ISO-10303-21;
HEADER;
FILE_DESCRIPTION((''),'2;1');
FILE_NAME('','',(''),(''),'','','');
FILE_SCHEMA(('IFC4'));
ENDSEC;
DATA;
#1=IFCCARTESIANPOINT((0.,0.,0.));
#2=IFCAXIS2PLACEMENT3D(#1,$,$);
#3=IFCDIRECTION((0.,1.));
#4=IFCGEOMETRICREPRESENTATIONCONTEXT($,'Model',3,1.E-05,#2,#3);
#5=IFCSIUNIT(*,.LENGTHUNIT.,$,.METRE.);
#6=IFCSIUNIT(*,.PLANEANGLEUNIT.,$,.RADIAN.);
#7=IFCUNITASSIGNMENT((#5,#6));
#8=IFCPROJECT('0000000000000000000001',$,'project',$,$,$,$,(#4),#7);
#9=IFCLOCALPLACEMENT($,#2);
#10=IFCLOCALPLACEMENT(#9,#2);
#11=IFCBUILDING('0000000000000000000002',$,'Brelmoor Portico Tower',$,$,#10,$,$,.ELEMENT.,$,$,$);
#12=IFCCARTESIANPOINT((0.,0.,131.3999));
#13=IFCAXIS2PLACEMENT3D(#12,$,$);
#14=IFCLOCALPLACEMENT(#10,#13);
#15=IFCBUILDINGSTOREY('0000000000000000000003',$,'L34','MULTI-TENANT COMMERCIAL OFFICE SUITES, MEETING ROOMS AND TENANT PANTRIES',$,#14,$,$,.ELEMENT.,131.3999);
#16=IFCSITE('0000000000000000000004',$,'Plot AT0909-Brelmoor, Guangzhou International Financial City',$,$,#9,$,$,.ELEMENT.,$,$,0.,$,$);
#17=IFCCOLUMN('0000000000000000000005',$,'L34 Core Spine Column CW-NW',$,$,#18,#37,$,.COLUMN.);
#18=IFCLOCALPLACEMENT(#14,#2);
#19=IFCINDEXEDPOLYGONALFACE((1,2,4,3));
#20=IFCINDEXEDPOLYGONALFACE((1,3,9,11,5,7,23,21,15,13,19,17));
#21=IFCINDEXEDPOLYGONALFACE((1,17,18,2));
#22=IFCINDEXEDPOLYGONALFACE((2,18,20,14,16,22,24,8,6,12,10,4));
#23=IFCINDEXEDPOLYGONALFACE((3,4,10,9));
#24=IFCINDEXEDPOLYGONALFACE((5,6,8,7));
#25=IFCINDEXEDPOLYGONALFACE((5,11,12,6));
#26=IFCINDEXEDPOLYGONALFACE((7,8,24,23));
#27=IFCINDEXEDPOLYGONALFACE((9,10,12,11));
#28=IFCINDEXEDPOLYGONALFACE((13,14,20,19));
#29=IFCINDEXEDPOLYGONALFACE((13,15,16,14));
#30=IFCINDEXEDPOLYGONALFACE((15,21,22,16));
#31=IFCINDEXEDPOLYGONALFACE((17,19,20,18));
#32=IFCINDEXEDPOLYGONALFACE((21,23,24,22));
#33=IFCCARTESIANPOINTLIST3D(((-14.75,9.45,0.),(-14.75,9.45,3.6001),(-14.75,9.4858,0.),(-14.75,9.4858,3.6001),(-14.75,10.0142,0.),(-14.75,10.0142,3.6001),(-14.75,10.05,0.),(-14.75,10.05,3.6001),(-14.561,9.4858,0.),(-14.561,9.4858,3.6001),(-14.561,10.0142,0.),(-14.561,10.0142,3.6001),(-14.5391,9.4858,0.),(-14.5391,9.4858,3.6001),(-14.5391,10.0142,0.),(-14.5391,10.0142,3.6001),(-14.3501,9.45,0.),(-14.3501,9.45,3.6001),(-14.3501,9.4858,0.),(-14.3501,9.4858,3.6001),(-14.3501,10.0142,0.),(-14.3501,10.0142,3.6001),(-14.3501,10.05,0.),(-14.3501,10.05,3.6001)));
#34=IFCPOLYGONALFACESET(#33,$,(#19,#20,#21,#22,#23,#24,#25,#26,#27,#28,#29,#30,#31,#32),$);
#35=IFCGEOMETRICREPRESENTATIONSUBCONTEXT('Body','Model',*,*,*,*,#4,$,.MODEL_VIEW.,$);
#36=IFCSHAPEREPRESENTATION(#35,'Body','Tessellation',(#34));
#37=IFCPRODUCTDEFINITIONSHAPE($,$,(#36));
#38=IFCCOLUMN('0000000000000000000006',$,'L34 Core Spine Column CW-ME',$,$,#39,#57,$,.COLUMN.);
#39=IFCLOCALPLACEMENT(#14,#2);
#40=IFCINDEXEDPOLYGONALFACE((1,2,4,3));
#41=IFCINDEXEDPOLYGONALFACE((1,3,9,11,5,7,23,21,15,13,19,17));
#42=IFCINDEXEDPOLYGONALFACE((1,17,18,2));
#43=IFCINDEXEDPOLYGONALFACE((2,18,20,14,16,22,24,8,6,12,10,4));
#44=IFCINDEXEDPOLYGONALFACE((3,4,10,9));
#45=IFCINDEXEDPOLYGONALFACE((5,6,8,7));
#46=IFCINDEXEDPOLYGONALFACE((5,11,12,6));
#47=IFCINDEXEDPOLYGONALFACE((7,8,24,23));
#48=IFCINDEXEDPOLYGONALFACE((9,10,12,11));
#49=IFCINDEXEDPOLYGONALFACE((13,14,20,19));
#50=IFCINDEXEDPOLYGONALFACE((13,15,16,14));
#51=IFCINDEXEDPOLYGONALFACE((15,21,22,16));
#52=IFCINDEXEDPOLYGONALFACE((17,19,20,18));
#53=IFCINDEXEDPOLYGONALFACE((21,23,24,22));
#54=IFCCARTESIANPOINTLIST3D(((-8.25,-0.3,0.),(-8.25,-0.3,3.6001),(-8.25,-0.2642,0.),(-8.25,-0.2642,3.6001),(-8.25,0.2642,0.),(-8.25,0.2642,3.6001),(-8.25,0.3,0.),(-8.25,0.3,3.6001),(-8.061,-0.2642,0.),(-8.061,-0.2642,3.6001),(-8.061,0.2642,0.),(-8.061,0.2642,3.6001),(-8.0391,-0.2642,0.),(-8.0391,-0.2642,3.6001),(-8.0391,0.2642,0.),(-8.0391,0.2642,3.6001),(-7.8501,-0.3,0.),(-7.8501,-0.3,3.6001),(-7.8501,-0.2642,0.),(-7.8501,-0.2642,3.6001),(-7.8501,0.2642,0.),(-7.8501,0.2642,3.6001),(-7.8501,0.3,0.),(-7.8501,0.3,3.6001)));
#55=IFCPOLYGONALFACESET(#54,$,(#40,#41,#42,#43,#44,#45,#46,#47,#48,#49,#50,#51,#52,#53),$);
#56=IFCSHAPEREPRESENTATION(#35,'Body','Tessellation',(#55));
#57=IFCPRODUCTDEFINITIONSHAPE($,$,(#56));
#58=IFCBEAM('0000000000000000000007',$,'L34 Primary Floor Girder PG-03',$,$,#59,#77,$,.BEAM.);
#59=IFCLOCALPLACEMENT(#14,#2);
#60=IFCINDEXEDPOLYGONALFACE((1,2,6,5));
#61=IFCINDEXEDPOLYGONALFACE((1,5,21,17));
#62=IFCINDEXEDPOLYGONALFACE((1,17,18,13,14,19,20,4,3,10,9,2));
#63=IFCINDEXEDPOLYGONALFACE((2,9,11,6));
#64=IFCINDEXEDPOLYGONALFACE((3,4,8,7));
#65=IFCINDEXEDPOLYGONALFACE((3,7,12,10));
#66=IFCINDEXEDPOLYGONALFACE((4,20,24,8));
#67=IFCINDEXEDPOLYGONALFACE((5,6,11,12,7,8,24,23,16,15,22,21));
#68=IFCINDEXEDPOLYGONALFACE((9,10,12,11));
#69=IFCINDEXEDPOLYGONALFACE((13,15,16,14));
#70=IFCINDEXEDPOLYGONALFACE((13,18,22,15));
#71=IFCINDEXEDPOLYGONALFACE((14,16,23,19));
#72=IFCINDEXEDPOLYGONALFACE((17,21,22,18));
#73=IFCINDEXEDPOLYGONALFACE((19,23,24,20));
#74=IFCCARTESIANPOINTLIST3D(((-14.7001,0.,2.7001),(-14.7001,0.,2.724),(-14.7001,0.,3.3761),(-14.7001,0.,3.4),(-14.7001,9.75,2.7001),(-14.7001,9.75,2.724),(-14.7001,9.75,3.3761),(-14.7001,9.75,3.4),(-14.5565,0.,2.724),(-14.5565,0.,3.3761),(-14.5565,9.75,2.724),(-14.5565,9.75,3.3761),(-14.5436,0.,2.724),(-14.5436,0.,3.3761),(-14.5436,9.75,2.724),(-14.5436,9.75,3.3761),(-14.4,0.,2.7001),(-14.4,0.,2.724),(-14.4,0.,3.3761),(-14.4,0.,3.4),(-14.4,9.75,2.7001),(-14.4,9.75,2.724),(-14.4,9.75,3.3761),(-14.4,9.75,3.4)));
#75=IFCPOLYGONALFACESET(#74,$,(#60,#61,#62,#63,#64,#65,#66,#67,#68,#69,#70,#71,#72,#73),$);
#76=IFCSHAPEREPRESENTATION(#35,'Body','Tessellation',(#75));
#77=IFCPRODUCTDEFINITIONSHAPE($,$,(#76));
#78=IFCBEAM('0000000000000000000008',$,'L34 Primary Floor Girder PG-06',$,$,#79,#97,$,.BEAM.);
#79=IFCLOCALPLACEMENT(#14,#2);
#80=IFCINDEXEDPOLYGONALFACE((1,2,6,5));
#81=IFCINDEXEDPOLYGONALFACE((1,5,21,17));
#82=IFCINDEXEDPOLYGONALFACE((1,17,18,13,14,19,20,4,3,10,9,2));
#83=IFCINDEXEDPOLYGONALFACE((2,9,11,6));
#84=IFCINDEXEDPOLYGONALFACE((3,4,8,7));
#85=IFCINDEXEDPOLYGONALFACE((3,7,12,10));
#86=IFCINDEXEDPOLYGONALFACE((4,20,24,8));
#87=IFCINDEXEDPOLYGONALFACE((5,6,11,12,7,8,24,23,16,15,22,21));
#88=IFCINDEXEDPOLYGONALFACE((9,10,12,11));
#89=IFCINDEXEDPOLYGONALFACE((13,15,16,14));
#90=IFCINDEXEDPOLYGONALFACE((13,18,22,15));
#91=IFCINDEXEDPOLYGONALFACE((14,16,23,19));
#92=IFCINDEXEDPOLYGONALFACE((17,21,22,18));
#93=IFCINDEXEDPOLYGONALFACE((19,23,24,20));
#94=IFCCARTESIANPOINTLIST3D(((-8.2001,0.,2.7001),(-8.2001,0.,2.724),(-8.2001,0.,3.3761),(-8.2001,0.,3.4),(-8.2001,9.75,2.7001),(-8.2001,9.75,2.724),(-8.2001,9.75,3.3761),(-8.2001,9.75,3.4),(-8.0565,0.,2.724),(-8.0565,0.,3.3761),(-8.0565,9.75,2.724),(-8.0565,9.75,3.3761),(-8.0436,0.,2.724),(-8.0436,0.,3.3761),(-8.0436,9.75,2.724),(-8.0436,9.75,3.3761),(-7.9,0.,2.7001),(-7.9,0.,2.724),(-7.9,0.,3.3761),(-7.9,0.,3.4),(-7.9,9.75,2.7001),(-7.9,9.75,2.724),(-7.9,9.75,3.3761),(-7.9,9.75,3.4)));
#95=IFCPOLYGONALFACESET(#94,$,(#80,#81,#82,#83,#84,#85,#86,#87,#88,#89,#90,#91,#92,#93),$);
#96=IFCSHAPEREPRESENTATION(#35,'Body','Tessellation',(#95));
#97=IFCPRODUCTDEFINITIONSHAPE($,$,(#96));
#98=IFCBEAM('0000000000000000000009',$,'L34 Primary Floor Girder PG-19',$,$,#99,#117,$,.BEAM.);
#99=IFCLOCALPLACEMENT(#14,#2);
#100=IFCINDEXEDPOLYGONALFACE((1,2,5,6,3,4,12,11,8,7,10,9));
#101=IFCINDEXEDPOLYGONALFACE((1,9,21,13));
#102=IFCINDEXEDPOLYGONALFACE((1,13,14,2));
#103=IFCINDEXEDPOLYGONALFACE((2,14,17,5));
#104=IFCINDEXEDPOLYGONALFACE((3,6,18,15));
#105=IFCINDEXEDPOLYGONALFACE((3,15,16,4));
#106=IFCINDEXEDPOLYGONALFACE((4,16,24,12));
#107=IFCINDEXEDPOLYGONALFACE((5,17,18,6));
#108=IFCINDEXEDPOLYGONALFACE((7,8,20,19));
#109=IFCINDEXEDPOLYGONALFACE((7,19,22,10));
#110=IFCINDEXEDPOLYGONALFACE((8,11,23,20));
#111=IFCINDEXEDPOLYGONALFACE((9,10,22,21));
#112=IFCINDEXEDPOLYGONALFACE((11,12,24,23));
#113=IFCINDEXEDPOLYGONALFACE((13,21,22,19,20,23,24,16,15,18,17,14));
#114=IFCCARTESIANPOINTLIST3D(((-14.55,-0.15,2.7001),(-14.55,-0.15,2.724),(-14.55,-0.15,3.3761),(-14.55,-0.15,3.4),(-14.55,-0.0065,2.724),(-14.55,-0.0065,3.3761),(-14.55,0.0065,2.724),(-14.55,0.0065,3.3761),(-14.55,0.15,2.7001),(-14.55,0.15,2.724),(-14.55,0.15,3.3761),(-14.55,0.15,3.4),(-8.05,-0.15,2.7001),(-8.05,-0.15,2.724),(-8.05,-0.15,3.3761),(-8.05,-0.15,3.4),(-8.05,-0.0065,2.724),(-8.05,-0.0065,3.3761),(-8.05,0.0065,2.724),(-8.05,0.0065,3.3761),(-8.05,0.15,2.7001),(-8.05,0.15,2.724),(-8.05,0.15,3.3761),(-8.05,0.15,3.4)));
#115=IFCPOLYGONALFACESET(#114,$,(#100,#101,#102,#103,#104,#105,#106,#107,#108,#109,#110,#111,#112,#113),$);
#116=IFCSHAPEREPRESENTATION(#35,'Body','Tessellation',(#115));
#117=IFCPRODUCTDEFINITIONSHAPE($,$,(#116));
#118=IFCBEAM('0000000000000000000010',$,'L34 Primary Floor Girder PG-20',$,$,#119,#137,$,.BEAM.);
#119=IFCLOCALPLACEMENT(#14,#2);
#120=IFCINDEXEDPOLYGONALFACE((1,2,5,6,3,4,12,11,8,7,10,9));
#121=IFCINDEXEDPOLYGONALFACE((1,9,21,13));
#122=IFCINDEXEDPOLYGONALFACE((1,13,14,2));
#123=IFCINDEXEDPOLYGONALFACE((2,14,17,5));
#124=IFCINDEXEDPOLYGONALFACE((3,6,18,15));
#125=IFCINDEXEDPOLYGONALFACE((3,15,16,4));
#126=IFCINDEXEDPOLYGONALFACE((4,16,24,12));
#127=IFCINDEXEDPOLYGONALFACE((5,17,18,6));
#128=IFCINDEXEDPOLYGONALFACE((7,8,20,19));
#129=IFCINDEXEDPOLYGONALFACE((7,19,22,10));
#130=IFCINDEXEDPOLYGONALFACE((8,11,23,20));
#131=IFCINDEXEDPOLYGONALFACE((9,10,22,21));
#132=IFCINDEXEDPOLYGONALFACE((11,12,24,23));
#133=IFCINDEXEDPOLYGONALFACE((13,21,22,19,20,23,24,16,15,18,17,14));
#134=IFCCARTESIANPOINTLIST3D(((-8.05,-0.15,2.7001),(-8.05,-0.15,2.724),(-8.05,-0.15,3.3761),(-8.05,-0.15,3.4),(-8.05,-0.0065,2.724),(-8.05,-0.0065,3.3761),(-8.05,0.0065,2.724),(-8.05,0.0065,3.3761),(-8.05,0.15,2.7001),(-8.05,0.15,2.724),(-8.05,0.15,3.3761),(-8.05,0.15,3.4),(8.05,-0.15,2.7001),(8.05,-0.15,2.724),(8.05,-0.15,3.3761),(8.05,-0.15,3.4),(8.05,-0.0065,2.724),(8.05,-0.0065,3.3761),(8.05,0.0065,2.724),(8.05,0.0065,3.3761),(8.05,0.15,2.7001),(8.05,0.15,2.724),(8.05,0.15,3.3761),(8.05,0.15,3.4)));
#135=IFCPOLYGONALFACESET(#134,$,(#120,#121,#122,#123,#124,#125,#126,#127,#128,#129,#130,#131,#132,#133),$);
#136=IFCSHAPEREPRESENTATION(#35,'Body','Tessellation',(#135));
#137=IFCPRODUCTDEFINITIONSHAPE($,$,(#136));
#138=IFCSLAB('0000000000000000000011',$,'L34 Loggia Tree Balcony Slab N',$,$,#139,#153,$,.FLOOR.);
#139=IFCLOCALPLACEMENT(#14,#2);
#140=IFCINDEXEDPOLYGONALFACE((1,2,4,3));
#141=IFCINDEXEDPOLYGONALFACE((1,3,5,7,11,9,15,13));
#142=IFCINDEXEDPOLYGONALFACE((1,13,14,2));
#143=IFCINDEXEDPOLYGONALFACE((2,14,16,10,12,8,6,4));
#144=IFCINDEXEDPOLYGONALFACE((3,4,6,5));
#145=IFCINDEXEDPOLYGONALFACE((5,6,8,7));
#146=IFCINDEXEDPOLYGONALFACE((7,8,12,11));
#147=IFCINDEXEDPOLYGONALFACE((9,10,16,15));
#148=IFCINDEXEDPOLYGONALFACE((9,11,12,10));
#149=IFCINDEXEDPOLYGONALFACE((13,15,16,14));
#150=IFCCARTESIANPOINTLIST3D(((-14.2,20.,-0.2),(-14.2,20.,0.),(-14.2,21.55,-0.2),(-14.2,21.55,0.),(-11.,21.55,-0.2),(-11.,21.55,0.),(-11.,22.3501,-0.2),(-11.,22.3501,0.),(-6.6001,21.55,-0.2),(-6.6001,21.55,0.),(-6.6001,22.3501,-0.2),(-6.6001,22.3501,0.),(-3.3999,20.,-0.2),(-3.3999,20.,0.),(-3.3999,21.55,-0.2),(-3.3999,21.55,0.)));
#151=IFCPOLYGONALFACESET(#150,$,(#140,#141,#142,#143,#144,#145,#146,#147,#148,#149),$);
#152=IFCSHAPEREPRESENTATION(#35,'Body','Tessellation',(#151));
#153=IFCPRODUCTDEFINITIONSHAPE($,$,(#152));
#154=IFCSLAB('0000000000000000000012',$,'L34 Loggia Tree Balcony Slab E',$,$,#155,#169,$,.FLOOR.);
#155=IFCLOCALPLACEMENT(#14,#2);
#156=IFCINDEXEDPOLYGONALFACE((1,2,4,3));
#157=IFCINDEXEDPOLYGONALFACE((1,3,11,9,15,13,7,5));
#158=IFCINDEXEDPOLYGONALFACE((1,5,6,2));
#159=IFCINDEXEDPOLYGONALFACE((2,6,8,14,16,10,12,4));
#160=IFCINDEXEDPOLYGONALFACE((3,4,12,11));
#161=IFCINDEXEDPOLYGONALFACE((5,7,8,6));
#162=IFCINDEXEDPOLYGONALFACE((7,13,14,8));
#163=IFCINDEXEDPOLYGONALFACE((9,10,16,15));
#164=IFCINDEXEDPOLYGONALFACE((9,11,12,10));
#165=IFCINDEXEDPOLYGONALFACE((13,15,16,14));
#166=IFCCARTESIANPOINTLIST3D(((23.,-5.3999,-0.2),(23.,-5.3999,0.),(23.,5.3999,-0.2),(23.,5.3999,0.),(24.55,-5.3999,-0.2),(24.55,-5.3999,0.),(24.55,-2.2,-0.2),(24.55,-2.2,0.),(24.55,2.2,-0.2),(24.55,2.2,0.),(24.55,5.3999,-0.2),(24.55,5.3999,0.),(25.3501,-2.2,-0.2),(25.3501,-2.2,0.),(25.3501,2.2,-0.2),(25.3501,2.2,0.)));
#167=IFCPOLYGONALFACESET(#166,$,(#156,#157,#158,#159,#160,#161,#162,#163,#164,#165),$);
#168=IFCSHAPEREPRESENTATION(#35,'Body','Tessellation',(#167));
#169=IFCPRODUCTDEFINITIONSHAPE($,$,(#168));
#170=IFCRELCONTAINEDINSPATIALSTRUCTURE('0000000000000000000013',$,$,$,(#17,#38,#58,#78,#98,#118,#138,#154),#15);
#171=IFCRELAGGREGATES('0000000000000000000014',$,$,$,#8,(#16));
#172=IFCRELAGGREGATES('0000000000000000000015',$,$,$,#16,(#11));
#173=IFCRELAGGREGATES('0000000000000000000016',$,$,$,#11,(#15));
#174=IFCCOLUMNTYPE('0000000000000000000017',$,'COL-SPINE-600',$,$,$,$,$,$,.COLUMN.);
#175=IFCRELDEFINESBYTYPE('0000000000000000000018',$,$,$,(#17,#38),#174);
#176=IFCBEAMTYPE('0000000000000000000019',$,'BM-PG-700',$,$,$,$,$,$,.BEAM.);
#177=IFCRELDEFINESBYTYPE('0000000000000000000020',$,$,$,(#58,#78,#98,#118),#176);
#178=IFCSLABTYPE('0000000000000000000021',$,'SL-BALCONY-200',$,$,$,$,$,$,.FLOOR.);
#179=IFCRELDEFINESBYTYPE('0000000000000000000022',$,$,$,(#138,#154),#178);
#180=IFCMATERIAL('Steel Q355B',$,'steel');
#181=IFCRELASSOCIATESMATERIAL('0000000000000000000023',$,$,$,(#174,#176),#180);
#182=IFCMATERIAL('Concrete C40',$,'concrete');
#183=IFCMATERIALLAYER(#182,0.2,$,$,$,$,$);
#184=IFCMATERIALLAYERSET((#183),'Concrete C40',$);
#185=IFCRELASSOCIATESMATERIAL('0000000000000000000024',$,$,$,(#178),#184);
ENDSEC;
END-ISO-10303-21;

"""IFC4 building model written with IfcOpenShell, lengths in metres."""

from ifc_helpers import new_model, si_unit, direction, frame, origin, origin_2d, place, context, subcontext, project, spatial, polyline, i_section, outline, extrude, material, layer, layer_set, material_profile, profile_set, type_object, element, save


model = new_model("IFC4")

# Units and contexts
model_context = context("Model", 3, precision=1e-05, world=origin(), true_north=direction((0.0, 1.0)))
body_context = subcontext(model_context, "Body", "Model", "MODEL_VIEW")
ifc_project = project(units=[si_unit("LENGTHUNIT", "METRE"), si_unit("PLANEANGLEUNIT", "RADIAN")], contexts=[model_context])

# Site, building, storey
site_placement = place(None, origin())
site = spatial("IfcSite", under=ifc_project, at=site_placement, Name="Plot AT0909-Brelmoor, Guangzhou International Financial City", CompositionType="ELEMENT", RefElevation=0.0)
building_placement = place(site_placement, origin())
building = spatial("IfcBuilding", under=site, at=building_placement, Name="Brelmoor Portico Tower", CompositionType="ELEMENT")
storey_placement = place(building_placement, frame((0.0, 0.0, 131.3999)))
storey = spatial("IfcBuildingStorey", under=building, at=storey_placement, Name="L34", Description="MULTI-TENANT COMMERCIAL OFFICE SUITES, MEETING ROOMS AND TENANT PANTRIES", CompositionType="ELEMENT", Elevation=131.3999)

# Columns
ifc_material_1 = material(Name="Steel Q355B", Category="steel")
ifc_material_profile_1 = material_profile(ifc_material_1, i_section(OverallWidth=0.3999, OverallDepth=0.6001, WebThickness=0.022, FlangeThickness=0.0359, at=origin_2d()), Name="HW 600x400x22x36")
ifc_profile_set_1 = profile_set([ifc_material_profile_1], Name="Steel Q355B")
column_type = type_object("IfcColumnType", Name="COL-SPINE-600", PredefinedType="COLUMN", material=ifc_profile_set_1)
for number, where, z_axis, x_axis, name in (
    (1, (-14.55, 9.75, 0.0), (0.0, 0.0, 1.0), (1.0, 0.0, 0.0), "L34 Core Spine Column CW-NW"),
    (2, (-8.05, 0.0, 0.0), (0.0, 0.0, 1.0), (1.0, 0.0, 0.0), "L34 Core Spine Column CW-ME"),
):
    element("IfcColumn", number, at=place(storey_placement, frame(where, z_axis=z_axis, x_axis=x_axis)), inside=storey, type_object=column_type, Name=name, PredefinedType="COLUMN", context=body_context, shape_type="SweptSolid", body=[
        extrude(i_section(OverallWidth=0.3999, OverallDepth=0.6001, WebThickness=0.022, FlangeThickness=0.0359, at=origin_2d()), origin(), (0.0, 0.0, 1.0), 3.6001),
    ])

# Beams
ifc_material_profile_2 = material_profile(ifc_material_1, i_section(OverallWidth=0.3, OverallDepth=0.7, WebThickness=0.0129, FlangeThickness=0.0239, at=origin_2d()), Name="HN 700x300x13x24")
ifc_profile_set_2 = profile_set([ifc_material_profile_2], Name="Steel Q355B")
beam_type = type_object("IfcBeamType", Name="BM-PG-700", PredefinedType="BEAM", material=ifc_profile_set_2)
for number, where, z_axis, x_axis, name in (
    (3, (-14.55, 0.0, 3.05), (0.0, 1.0, 0.0), (-1.0, 0.0, 0.0), "L34 Primary Floor Girder PG-03"),
    (4, (-8.05, 0.0, 3.05), (0.0, 1.0, 0.0), (-1.0, 0.0, 0.0), "L34 Primary Floor Girder PG-06"),
):
    element("IfcBeam", number, at=place(storey_placement, frame(where, z_axis=z_axis, x_axis=x_axis)), inside=storey, type_object=beam_type, Name=name, PredefinedType="BEAM", context=body_context, shape_type="SweptSolid", body=[
        extrude(i_section(OverallWidth=0.3, OverallDepth=0.7, WebThickness=0.0129, FlangeThickness=0.0239, at=origin_2d()), origin(), (0.0, 0.0, 1.0), 9.75),
    ])
beam_1_placement = place(storey_placement, frame((-14.55, 0.0, 3.05), z_axis=(1.0, 0.0, 0.0), x_axis=(0.0, 1.0, 0.0)))
element("IfcBeam", 5, at=beam_1_placement, inside=storey, type_object=beam_type, Name="L34 Primary Floor Girder PG-19", PredefinedType="BEAM", context=body_context, shape_type="SweptSolid", body=[
    extrude(i_section(OverallWidth=0.3, OverallDepth=0.7, WebThickness=0.0129, FlangeThickness=0.0239, at=origin_2d()), origin(), (0.0, 0.0, 1.0), 6.5),
])
beam_2_placement = place(storey_placement, frame((-8.05, 0.0, 3.05), z_axis=(1.0, 0.0, 0.0), x_axis=(0.0, 1.0, 0.0)))
element("IfcBeam", 6, at=beam_2_placement, inside=storey, type_object=beam_type, Name="L34 Primary Floor Girder PG-20", PredefinedType="BEAM", context=body_context, shape_type="SweptSolid", body=[
    extrude(i_section(OverallWidth=0.3, OverallDepth=0.7, WebThickness=0.0129, FlangeThickness=0.0239, at=origin_2d()), origin(), (0.0, 0.0, 1.0), 16.1001),
])

# Slabs
ifc_material_2 = material(Name="Concrete C40", Category="concrete")
ifc_layer_1 = layer(ifc_material_2, 0.2)
ifc_layer_set_1 = layer_set([ifc_layer_1], Name="Concrete C40")
slab_type_1 = type_object("IfcSlabType", Name="SL-BALCONY-200", PredefinedType="FLOOR", material=ifc_layer_set_1)
slab_1_placement = place(storey_placement, frame((0.0, 0.0, -0.2)))
element("IfcSlab", 7, at=slab_1_placement, inside=storey, type_object=slab_type_1, Name="L34 Loggia Tree Balcony Slab N", PredefinedType="FLOOR", context=body_context, shape_type="SweptSolid", body=[
    extrude(outline(polyline([(-14.2, 20.0), (-3.3999, 20.0), (-3.3999, 21.55), (-6.6001, 21.55), (-6.6001, 22.3501), (-11.0, 22.3501), (-11.0, 21.55), (-14.2, 21.55), (-14.2, 20.0)])), origin(), (0.0, 0.0, 1.0), 0.2),
])
slab_2_placement = place(storey_placement, frame((0.0, 0.0, -0.2)))
element("IfcSlab", 8, at=slab_2_placement, inside=storey, type_object=slab_type_1, Name="L34 Loggia Tree Balcony Slab E", PredefinedType="FLOOR", context=body_context, shape_type="SweptSolid", body=[
    extrude(outline(polyline([(23.0, -5.3999), (24.55, -5.3999), (24.55, -2.2), (25.3501, -2.2), (25.3501, 2.2), (24.55, 2.2), (24.55, 5.3999), (23.0, 5.3999), (23.0, -5.3999)])), origin(), (0.0, 0.0, 1.0), 0.2),
])

save(model, "model.ifc")
